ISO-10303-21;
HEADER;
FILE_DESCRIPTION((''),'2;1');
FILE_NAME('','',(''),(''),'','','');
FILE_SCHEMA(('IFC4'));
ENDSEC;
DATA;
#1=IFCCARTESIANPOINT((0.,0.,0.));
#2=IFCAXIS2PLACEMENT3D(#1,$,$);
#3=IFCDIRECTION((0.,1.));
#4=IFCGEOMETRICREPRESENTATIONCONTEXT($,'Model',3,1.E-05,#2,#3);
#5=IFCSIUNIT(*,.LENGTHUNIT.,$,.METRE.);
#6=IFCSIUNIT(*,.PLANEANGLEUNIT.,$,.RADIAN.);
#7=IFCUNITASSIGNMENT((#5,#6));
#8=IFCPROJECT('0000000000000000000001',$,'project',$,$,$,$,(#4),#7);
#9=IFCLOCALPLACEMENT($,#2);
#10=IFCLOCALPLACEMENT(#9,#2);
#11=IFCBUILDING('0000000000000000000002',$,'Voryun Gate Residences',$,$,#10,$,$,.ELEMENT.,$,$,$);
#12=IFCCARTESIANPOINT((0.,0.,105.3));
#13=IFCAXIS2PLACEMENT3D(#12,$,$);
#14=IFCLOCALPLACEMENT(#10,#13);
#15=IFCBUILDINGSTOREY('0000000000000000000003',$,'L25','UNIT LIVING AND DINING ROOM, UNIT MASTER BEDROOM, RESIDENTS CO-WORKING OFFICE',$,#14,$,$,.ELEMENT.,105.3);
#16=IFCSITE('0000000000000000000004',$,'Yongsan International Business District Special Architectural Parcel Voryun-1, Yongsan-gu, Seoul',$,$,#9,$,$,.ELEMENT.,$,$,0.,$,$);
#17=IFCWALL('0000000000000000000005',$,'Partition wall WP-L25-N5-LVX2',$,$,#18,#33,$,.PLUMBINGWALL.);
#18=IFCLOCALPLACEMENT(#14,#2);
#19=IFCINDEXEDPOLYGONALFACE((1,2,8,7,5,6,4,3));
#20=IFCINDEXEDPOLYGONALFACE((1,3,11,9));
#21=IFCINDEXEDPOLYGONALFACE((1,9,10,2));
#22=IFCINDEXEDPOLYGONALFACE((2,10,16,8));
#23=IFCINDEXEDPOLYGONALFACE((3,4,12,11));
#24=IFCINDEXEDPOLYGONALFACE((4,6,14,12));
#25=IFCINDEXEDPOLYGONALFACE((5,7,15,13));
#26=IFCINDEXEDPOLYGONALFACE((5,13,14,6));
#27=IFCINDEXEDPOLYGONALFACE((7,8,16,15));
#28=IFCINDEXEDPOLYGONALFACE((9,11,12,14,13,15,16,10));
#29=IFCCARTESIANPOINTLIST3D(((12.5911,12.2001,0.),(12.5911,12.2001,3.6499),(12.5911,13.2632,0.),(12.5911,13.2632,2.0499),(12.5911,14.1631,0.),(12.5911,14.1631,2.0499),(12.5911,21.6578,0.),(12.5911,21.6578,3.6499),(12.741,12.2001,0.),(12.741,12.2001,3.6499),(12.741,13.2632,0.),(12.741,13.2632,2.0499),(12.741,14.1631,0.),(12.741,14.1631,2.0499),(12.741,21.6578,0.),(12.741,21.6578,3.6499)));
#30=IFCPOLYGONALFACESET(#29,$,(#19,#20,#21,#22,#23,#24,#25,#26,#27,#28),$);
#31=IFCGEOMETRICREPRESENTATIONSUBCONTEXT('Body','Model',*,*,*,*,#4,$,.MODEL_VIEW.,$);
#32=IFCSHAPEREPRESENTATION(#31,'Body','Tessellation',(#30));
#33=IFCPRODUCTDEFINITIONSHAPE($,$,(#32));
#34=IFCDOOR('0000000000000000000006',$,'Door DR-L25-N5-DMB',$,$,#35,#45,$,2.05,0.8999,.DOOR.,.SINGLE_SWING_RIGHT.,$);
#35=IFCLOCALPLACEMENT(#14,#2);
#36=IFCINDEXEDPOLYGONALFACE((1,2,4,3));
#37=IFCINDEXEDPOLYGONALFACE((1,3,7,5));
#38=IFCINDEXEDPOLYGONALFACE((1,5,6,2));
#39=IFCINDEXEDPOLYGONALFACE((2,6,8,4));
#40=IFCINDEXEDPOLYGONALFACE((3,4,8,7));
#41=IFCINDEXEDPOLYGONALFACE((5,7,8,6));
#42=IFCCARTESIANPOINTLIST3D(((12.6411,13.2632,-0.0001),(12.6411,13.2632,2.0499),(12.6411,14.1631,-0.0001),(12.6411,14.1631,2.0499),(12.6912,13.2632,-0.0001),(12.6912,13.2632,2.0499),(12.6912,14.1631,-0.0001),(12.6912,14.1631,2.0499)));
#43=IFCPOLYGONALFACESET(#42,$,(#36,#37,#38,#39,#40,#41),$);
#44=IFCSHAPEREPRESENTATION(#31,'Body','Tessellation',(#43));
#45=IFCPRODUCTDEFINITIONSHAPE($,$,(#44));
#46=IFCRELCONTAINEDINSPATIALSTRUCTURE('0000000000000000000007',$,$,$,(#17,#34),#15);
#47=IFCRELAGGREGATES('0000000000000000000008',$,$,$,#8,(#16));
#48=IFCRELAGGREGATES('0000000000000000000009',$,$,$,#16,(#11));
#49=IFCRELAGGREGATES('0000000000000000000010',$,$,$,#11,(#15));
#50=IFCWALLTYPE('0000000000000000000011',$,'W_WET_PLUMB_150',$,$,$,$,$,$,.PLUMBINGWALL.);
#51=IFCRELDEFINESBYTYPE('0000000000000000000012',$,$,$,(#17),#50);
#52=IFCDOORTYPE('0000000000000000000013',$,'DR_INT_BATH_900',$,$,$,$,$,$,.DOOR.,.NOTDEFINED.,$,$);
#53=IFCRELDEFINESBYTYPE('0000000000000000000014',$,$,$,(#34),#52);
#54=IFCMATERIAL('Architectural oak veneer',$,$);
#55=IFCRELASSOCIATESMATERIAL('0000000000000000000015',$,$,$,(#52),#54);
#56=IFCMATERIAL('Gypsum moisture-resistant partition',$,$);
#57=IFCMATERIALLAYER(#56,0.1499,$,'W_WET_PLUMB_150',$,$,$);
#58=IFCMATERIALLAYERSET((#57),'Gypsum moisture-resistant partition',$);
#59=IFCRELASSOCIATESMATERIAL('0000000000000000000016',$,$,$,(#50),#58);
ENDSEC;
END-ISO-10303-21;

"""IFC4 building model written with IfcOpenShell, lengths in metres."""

from ifc_helpers import new_model, si_unit, direction, frame, frame_2d, origin, place, context, subcontext, project, spatial, rectangle, extrude, material, layer, layer_set, type_object, element, fill, save


model = new_model("IFC4")

# Units and contexts
model_context = context("Model", 3, precision=1e-05, world=origin(), true_north=direction((0.0, 1.0)))
body_context = subcontext(model_context, "Body", "Model", "MODEL_VIEW")
ifc_project = project(units=[si_unit("LENGTHUNIT", "METRE"), si_unit("PLANEANGLEUNIT", "RADIAN")], contexts=[model_context])

# Site, building, storey
site_placement = place(None, origin())
site = spatial("IfcSite", under=ifc_project, at=site_placement, Name="Yongsan International Business District Special Architectural Parcel Voryun-1, Yongsan-gu, Seoul", CompositionType="ELEMENT", RefElevation=0.0)
building_placement = place(site_placement, origin())
building = spatial("IfcBuilding", under=site, at=building_placement, Name="Voryun Gate Residences", CompositionType="ELEMENT")
storey_placement = place(building_placement, frame((0.0, 0.0, 105.3)))
storey = spatial("IfcBuildingStorey", under=building, at=storey_placement, Name="L25", Description="UNIT LIVING AND DINING ROOM, UNIT MASTER BEDROOM, RESIDENTS CO-WORKING OFFICE", CompositionType="ELEMENT", Elevation=105.3)

# Shared definitions
ifc_material_1 = material(Name="Architectural oak veneer")
door_type_1 = type_object("IfcDoorType", Name="DR_INT_BATH_900", OperationType="NOTDEFINED", PredefinedType="DOOR", material=ifc_material_1)

# Shared definitions
ifc_material_2 = material(Name="Gypsum moisture-resistant partition")
ifc_layer_1 = layer(ifc_material_2, 0.1499, Name="W_WET_PLUMB_150")
ifc_layer_set_1 = layer_set([ifc_layer_1], Name="Gypsum moisture-resistant partition")
wall_type_1 = type_object("IfcWallType", Name="W_WET_PLUMB_150", PredefinedType="PLUMBINGWALL", material=ifc_layer_set_1)

# Wall, opening, door
wall_1_placement = place(storey_placement, frame((12.666, 12.2, 0.0), z_axis=(0.0, 0.0, 1.0), x_axis=(0.0, 1.0, 0.0)))
wall_1 = element("IfcWall", 1, at=wall_1_placement, inside=storey, type_object=wall_type_1, Name="Partition wall WP-L25-N5-LVX2", PredefinedType="PLUMBINGWALL", context=body_context, shape_type="SweptSolid", body=[
    extrude(rectangle(XDim=9.4578, YDim=0.1499, at=frame_2d((4.729, 0.0))), origin(), (0.0, 0.0, 1.0), 3.6499),
])
opening_1_placement = place(wall_1_placement, frame((1.0632, 0.0, 0.0)))
opening_1 = element("IfcOpeningElement", 2, at=opening_1_placement, cuts=wall_1, PredefinedType="OPENING", context=body_context, shape_type="SweptSolid", body=[
    extrude(rectangle(XDim=0.8999, YDim=2.05, at=frame_2d((0.45, 1.0249))), frame((0.0, 0.085, 0.0), z_axis=(0.0, -1.0, 0.0), x_axis=(1.0, 0.0, 0.0)), (0.0, 0.0, 1.0), 0.1699),
])
door_1_placement = place(opening_1_placement, origin())
door_1 = element("IfcDoor", 3, at=door_1_placement, inside=storey, type_object=door_type_1, Name="Door DR-L25-N5-DMB", OperationType="SINGLE_SWING_RIGHT", OverallHeight=2.05, OverallWidth=0.8999, PredefinedType="DOOR", context=body_context, shape_type="SweptSolid", body=[
    extrude(rectangle(XDim=0.8999, YDim=2.05, at=frame_2d((0.45, 1.0249))), frame((0.0, 0.0249, 0.0), z_axis=(0.0, -1.0, 0.0), x_axis=(1.0, 0.0, 0.0)), (0.0, 0.0, 1.0), 0.05),
])
fill(opening_1, door_1)

save(model, "model.ifc")
